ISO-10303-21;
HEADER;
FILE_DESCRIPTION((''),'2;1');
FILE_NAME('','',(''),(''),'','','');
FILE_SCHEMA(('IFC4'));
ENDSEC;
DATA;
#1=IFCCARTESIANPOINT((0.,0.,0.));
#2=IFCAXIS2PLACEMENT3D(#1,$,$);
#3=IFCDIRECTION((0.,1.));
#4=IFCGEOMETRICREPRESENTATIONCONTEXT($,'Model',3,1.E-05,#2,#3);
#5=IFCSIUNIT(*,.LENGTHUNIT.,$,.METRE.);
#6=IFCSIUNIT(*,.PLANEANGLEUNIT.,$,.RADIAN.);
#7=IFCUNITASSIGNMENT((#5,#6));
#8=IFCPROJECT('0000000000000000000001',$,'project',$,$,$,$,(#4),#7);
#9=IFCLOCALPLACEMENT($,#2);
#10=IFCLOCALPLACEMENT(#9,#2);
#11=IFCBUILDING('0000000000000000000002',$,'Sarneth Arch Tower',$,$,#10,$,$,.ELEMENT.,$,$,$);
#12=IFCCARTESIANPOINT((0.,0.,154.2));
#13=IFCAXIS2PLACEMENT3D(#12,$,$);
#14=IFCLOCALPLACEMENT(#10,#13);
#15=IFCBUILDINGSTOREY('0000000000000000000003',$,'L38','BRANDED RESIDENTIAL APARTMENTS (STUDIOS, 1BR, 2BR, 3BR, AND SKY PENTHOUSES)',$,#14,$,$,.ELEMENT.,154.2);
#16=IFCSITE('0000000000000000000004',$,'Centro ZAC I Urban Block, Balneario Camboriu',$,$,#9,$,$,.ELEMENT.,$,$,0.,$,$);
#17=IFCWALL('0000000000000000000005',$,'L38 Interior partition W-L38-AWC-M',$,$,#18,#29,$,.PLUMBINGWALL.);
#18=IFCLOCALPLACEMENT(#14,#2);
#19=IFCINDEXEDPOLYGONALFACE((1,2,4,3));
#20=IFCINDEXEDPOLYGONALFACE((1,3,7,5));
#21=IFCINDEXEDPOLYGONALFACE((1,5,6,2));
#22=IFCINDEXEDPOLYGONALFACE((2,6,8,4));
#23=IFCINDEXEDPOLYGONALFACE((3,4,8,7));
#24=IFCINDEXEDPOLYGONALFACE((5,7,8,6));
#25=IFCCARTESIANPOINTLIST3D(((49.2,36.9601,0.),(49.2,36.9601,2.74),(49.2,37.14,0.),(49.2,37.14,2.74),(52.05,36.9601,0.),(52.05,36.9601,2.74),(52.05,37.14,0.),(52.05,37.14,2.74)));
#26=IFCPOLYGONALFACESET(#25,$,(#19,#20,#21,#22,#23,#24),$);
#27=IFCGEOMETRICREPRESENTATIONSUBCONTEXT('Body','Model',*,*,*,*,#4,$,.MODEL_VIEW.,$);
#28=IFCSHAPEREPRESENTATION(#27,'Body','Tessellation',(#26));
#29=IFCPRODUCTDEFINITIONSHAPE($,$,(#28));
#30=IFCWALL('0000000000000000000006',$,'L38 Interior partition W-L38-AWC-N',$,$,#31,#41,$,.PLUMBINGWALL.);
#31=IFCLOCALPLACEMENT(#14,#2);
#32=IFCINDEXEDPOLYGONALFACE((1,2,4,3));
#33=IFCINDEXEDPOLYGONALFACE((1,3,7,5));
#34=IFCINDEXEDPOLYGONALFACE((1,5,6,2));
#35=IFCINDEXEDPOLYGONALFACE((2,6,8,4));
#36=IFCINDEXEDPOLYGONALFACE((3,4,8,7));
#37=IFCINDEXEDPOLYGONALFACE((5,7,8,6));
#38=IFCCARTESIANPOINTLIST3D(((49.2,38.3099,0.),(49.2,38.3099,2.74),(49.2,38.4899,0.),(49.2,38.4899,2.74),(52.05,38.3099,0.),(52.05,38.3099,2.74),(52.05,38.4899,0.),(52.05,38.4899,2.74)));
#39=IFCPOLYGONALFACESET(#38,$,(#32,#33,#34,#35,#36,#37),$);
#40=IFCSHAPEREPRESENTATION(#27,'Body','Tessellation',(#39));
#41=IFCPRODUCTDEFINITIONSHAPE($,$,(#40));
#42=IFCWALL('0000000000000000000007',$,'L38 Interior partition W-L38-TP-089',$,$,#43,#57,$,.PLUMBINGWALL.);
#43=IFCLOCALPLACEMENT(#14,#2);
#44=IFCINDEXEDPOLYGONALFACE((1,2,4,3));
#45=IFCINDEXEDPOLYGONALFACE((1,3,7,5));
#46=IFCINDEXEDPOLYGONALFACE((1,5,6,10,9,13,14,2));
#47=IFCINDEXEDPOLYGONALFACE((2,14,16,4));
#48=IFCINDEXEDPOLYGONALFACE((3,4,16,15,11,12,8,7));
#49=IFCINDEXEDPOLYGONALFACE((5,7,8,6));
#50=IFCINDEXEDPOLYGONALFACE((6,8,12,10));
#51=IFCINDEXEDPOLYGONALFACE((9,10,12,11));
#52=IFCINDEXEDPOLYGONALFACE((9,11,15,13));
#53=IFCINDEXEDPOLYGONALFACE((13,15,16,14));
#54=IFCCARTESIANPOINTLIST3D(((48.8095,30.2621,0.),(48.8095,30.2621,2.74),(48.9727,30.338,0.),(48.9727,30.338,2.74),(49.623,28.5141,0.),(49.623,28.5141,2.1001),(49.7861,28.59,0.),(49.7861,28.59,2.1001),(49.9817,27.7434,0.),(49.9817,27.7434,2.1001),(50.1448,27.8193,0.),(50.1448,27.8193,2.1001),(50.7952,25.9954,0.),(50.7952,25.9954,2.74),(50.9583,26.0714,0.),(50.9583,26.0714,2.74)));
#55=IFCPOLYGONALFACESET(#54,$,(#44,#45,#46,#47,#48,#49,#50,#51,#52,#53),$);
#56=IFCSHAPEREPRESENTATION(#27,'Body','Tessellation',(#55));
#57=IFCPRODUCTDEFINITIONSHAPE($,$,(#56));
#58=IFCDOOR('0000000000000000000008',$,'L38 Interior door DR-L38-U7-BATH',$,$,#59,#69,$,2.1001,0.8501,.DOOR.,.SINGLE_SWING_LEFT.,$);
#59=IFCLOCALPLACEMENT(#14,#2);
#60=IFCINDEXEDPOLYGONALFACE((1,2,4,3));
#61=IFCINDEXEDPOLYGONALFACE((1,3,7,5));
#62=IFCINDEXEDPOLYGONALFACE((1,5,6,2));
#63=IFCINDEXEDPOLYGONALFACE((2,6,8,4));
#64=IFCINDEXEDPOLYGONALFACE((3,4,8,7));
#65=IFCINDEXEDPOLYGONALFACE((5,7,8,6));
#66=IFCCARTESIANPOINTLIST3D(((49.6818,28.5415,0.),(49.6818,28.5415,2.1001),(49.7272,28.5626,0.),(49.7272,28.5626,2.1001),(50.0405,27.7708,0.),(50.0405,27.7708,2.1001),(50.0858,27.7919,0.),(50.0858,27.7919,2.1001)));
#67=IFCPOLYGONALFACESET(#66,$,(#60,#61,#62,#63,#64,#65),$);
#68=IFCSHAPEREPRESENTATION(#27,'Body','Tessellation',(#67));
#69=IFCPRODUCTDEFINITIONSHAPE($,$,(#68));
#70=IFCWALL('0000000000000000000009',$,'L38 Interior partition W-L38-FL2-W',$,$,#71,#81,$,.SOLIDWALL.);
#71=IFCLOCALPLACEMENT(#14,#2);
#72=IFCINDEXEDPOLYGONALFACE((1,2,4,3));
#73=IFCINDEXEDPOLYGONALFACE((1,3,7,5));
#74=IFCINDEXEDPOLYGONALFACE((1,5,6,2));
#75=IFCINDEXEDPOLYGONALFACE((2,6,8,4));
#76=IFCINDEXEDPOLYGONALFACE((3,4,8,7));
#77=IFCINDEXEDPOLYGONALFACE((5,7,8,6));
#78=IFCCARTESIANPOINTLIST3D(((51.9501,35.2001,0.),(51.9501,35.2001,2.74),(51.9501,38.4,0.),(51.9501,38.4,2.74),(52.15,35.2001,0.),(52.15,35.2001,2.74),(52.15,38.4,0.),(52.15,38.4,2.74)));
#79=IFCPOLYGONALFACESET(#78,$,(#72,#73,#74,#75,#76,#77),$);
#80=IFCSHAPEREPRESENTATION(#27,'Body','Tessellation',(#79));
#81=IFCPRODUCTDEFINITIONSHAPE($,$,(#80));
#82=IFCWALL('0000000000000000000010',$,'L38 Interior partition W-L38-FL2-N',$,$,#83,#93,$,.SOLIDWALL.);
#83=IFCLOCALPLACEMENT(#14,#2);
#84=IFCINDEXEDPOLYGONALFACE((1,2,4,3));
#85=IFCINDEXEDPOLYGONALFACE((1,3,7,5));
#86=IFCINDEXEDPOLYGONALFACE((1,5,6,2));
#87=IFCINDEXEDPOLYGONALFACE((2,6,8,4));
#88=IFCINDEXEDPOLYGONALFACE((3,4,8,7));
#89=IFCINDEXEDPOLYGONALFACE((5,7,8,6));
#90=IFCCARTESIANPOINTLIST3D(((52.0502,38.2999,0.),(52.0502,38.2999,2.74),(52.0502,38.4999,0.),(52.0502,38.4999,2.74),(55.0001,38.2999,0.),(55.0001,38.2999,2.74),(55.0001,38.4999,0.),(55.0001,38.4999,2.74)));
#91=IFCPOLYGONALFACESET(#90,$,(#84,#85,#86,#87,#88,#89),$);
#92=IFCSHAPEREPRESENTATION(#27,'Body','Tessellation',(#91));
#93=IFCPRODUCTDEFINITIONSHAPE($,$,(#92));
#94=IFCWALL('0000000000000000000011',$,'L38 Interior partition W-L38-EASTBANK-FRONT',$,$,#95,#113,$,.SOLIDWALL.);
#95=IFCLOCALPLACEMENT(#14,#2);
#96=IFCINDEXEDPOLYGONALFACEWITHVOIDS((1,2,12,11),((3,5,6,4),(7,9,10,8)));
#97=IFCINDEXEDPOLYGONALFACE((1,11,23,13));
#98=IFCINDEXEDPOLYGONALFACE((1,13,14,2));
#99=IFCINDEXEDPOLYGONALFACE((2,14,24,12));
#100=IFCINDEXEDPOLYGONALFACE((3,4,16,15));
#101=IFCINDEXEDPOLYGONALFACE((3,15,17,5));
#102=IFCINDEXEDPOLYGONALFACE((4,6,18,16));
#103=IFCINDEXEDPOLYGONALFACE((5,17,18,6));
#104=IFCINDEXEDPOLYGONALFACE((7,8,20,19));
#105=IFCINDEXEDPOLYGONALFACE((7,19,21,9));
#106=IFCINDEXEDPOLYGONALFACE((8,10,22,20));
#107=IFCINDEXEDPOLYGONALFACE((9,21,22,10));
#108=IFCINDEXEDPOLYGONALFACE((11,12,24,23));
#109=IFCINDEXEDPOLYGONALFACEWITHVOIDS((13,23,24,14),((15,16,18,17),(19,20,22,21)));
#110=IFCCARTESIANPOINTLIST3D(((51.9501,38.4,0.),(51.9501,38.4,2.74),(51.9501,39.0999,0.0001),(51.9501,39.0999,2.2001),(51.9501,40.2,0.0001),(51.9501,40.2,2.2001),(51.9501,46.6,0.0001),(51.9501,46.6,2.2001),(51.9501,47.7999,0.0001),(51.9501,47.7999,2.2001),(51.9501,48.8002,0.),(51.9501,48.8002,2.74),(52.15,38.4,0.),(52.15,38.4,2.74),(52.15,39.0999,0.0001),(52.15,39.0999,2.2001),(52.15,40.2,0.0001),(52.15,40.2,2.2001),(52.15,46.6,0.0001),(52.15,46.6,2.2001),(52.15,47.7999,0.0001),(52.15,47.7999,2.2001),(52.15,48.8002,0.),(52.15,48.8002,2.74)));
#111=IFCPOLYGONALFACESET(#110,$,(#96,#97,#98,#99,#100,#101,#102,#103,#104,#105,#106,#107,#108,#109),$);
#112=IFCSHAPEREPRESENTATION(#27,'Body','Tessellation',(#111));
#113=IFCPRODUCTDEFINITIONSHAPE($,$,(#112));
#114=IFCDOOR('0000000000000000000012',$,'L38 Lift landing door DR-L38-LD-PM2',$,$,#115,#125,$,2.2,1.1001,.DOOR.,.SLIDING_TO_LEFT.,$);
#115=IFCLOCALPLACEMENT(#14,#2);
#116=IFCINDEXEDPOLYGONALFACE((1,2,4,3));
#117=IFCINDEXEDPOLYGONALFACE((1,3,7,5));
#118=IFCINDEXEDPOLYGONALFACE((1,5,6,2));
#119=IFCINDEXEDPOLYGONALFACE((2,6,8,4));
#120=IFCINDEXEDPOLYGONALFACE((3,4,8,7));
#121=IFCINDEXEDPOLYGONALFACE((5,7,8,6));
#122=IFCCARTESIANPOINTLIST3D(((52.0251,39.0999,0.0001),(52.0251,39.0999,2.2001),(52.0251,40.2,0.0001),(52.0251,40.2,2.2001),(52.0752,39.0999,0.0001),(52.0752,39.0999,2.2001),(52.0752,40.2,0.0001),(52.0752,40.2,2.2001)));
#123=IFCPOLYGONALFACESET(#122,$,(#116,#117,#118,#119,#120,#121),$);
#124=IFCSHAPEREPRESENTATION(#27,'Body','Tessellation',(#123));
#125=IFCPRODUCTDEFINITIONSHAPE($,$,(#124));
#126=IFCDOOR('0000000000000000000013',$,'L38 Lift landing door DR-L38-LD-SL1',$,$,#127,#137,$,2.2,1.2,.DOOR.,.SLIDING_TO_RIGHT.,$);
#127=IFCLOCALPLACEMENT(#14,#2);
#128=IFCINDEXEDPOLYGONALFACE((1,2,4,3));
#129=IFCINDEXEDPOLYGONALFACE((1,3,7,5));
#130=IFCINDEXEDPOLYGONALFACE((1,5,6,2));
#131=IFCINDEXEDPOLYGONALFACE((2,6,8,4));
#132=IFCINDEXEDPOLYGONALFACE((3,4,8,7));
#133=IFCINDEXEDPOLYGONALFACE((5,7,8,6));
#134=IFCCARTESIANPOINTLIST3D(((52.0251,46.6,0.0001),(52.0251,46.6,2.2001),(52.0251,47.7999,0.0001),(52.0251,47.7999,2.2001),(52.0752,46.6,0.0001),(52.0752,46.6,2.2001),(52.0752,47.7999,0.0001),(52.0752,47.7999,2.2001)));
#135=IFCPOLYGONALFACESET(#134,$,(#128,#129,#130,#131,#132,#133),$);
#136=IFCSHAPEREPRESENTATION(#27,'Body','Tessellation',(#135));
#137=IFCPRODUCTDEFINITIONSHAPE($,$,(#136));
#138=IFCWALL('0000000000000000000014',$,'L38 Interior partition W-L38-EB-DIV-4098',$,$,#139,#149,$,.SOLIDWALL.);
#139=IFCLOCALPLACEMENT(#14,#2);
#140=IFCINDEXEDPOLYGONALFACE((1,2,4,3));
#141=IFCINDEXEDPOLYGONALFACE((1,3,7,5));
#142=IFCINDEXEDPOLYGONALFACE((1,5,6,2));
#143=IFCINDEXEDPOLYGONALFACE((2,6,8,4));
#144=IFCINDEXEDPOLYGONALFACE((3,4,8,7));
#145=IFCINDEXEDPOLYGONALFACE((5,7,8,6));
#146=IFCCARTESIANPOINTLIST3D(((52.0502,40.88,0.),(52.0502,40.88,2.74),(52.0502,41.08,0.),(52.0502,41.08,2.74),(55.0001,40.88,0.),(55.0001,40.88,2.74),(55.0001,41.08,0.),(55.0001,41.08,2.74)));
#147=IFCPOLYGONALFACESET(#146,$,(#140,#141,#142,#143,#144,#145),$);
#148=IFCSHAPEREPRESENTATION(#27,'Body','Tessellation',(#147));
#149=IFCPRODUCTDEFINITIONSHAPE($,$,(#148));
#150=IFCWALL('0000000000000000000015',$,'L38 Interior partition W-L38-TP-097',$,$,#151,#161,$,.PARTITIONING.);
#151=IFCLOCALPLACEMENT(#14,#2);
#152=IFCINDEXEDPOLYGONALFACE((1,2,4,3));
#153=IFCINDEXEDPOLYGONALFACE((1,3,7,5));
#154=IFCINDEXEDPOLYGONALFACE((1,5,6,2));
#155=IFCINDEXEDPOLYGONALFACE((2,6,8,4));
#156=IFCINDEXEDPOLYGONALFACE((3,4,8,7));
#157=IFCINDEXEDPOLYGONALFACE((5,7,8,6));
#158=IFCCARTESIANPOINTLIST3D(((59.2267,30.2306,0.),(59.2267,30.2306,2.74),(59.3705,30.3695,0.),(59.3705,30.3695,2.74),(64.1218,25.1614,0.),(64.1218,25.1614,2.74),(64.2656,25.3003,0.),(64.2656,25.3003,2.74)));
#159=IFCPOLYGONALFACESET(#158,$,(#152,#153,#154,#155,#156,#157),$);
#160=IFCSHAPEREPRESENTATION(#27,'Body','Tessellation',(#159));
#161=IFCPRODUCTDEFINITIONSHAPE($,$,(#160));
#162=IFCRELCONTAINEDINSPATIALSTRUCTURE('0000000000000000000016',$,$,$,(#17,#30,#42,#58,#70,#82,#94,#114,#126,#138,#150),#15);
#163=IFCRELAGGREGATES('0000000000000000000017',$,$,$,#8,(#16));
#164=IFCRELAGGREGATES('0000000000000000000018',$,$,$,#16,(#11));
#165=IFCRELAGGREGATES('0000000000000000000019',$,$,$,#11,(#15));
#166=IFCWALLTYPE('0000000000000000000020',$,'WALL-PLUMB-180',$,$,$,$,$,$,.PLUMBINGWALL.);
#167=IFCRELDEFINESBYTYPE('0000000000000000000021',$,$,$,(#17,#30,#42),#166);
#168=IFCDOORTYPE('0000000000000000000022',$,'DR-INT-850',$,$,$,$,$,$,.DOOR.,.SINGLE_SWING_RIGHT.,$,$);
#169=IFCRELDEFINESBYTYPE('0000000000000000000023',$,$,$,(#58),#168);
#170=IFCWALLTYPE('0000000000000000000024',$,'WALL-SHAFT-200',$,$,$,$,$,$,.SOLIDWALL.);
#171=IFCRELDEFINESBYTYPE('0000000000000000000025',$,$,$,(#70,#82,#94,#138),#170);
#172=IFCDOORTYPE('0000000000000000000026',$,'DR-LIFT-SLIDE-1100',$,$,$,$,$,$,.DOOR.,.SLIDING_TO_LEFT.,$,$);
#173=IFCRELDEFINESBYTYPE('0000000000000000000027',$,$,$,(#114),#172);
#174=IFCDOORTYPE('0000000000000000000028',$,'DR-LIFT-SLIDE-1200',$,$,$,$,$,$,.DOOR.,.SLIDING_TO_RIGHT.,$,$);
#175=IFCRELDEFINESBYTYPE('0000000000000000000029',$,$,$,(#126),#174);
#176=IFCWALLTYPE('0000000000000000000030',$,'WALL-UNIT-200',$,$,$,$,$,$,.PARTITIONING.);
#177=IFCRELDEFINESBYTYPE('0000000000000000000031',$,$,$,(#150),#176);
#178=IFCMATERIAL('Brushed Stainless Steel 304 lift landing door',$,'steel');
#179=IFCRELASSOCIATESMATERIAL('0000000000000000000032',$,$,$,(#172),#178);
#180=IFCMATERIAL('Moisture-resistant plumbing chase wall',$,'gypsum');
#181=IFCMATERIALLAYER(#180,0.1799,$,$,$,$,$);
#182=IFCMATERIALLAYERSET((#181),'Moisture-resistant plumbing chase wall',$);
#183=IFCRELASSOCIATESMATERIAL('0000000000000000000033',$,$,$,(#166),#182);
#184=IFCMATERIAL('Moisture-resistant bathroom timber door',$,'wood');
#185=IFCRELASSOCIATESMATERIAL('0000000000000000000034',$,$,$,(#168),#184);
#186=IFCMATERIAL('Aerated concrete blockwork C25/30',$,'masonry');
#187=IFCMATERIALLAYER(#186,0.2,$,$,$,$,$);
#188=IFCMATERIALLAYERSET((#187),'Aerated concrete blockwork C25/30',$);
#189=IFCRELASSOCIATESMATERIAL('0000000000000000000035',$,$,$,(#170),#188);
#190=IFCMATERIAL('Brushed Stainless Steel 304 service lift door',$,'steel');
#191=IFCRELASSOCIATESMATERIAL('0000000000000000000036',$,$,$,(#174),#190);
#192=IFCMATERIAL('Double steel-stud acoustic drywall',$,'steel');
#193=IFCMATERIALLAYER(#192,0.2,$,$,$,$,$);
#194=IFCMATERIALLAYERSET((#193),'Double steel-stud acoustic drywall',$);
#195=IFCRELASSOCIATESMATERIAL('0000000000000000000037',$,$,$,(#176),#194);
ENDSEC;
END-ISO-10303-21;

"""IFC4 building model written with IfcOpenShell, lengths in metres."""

from ifc_helpers import new_model, si_unit, direction, frame, frame_2d, origin, place, context, subcontext, project, spatial, rectangle, extrude, material, layer, layer_set, type_object, element, fill, save


model = new_model("IFC4")

# Units and contexts
model_context = context("Model", 3, precision=1e-05, world=origin(), true_north=direction((0.0, 1.0)))
body_context = subcontext(model_context, "Body", "Model", "MODEL_VIEW")
ifc_project = project(units=[si_unit("LENGTHUNIT", "METRE"), si_unit("PLANEANGLEUNIT", "RADIAN")], contexts=[model_context])

# Site, building, storey
site_placement = place(None, origin())
site = spatial("IfcSite", under=ifc_project, at=site_placement, Name="Centro ZAC I Urban Block, Balneario Camboriu", CompositionType="ELEMENT", RefElevation=0.0)
building_placement = place(site_placement, origin())
building = spatial("IfcBuilding", under=site, at=building_placement, Name="Sarneth Arch Tower", CompositionType="ELEMENT")
storey_placement = place(building_placement, frame((0.0, 0.0, 154.2)))
storey = spatial("IfcBuildingStorey", under=building, at=storey_placement, Name="L38", Description="BRANDED RESIDENTIAL APARTMENTS (STUDIOS, 1BR, 2BR, 3BR, AND SKY PENTHOUSES)", CompositionType="ELEMENT", Elevation=154.2)

# Shared definitions
ifc_material_1 = material(Name="Brushed Stainless Steel 304 lift landing door", Category="steel")
door_type_1 = type_object("IfcDoorType", Name="DR-LIFT-SLIDE-1100", OperationType="SLIDING_TO_LEFT", PredefinedType="DOOR", material=ifc_material_1)

# Walls
ifc_material_2 = material(Name="Moisture-resistant plumbing chase wall", Category="gypsum")
ifc_layer_1 = layer(ifc_material_2, 0.1799)
ifc_layer_set_1 = layer_set([ifc_layer_1], Name="Moisture-resistant plumbing chase wall")
wall_type_1 = type_object("IfcWallType", Name="WALL-PLUMB-180", PredefinedType="PLUMBINGWALL", material=ifc_layer_set_1)
for number, where, z_axis, x_axis, name in (
    (1, (49.2, 37.05, 0.0), (0.0, 0.0, 1.0), (1.0, 0.0, 0.0), "L38 Interior partition W-L38-AWC-M"),
    (2, (49.2, 38.3999, 0.0), (0.0, 0.0, 1.0), (1.0, 0.0, 0.0), "L38 Interior partition W-L38-AWC-N"),
):
    element("IfcWall", number, at=place(storey_placement, frame(where, z_axis=z_axis, x_axis=x_axis)), inside=storey, type_object=wall_type_1, Name=name, PredefinedType="PLUMBINGWALL", context=body_context, shape_type="SweptSolid", body=[
        extrude(rectangle(XDim=2.8501, YDim=0.1799, at=frame_2d((1.425, 0.0))), origin(), (0.0, 0.0, 1.0), 2.74),
    ])

# Shared definitions
ifc_material_3 = material(Name="Moisture-resistant bathroom timber door", Category="wood")
door_type_2 = type_object("IfcDoorType", Name="DR-INT-850", OperationType="SINGLE_SWING_RIGHT", PredefinedType="DOOR", material=ifc_material_3)

# Wall, opening, door
wall_1_placement = place(storey_placement, frame((48.8911, 30.3, 0.0), z_axis=(0.0, 0.0, 1.0), x_axis=(0.421928, -0.906629, 0.0)))
wall_1 = element("IfcWall", 3, at=wall_1_placement, inside=storey, type_object=wall_type_1, Name="L38 Interior partition W-L38-TP-089", PredefinedType="PLUMBINGWALL", context=body_context, shape_type="SweptSolid", body=[
    extrude(rectangle(XDim=4.7061, YDim=0.1799, at=frame_2d((2.353, 0.0))), origin(), (0.0, 0.0, 1.0), 2.74),
])
opening_1_placement = place(wall_1_placement, frame((1.928, 0.0, 0.0)))
opening_1 = element("IfcOpeningElement", 4, at=opening_1_placement, cuts=wall_1, PredefinedType="OPENING", context=body_context, shape_type="SweptSolid", body=[
    extrude(rectangle(XDim=0.8501, YDim=2.1001, at=frame_2d((0.425, 1.05))), frame((0.0, 0.0999, 0.0), z_axis=(0.0, -1.0, 0.0), x_axis=(1.0, 0.0, 0.0)), (0.0, 0.0, 1.0), 0.2),
])
door_1_placement = place(opening_1_placement, origin())
door_1 = element("IfcDoor", 5, at=door_1_placement, inside=storey, type_object=door_type_2, Name="L38 Interior door DR-L38-U7-BATH", OperationType="SINGLE_SWING_LEFT", OverallHeight=2.1001, OverallWidth=0.8501, PredefinedType="DOOR", context=body_context, shape_type="SweptSolid", body=[
    extrude(rectangle(XDim=0.8501, YDim=2.1001, at=frame_2d((0.425, 1.05))), frame((0.0, 0.0249, 0.0), z_axis=(0.0, -1.0, 0.0), x_axis=(1.0, 0.0, 0.0)), (0.0, 0.0, 1.0), 0.05),
])
fill(opening_1, door_1)
ifc_material_4 = material(Name="Aerated concrete blockwork C25/30", Category="masonry")
ifc_layer_2 = layer(ifc_material_4, 0.2)
ifc_layer_set_2 = layer_set([ifc_layer_2], Name="Aerated concrete blockwork C25/30")
wall_type_2 = type_object("IfcWallType", Name="WALL-SHAFT-200", PredefinedType="SOLIDWALL", material=ifc_layer_set_2)

# Walls
wall_2_placement = place(storey_placement, frame((52.05, 35.2, 0.0), z_axis=(0.0, 0.0, 1.0), x_axis=(0.0, 1.0, 0.0)))
element("IfcWall", 6, at=wall_2_placement, inside=storey, type_object=wall_type_2, Name="L38 Interior partition W-L38-FL2-W", PredefinedType="SOLIDWALL", context=body_context, shape_type="SweptSolid", body=[
    extrude(rectangle(XDim=3.2, YDim=0.2, at=frame_2d((1.6001, 0.0))), origin(), (0.0, 0.0, 1.0), 2.74),
])
wall_3_placement = place(storey_placement, frame((52.05, 38.3999, 0.0), z_axis=(0.0, 0.0, 1.0), x_axis=(1.0, 0.0, 0.0)))
element("IfcWall", 7, at=wall_3_placement, inside=storey, type_object=wall_type_2, Name="L38 Interior partition W-L38-FL2-N", PredefinedType="SOLIDWALL", context=body_context, shape_type="SweptSolid", body=[
    extrude(rectangle(XDim=2.95, YDim=0.2, at=frame_2d((1.4751, 0.0))), origin(), (0.0, 0.0, 1.0), 2.74),
])

# Wall, openings, doors
wall_4_placement = place(storey_placement, frame((52.05, 38.3999, 0.0), z_axis=(0.0, 0.0, 1.0), x_axis=(0.0, 1.0, 0.0)))
wall_4 = element("IfcWall", 8, at=wall_4_placement, inside=storey, type_object=wall_type_2, Name="L38 Interior partition W-L38-EASTBANK-FRONT", PredefinedType="SOLIDWALL", context=body_context, shape_type="SweptSolid", body=[
    extrude(rectangle(XDim=10.4001, YDim=0.2, at=frame_2d((5.2002, 0.0))), origin(), (0.0, 0.0, 1.0), 2.74),
])
opening_2_placement = place(wall_4_placement, frame((0.7, 0.0, 0.0)))
opening_2 = element("IfcOpeningElement", 9, at=opening_2_placement, cuts=wall_4, PredefinedType="OPENING", context=body_context, shape_type="SweptSolid", body=[
    extrude(rectangle(XDim=1.1001, YDim=2.2, at=frame_2d((0.55, 1.1001))), frame((0.0, 0.1099, 0.0), z_axis=(0.0, -1.0, 0.0), x_axis=(1.0, 0.0, 0.0)), (0.0, 0.0, 1.0), 0.22),
])
opening_3_placement = place(wall_4_placement, frame((8.2, 0.0, 0.0)))
opening_3 = element("IfcOpeningElement", 10, at=opening_3_placement, cuts=wall_4, PredefinedType="OPENING", context=body_context, shape_type="SweptSolid", body=[
    extrude(rectangle(XDim=1.2, YDim=2.2, at=frame_2d((0.6001, 1.1001))), frame((0.0, 0.1099, 0.0), z_axis=(0.0, -1.0, 0.0), x_axis=(1.0, 0.0, 0.0)), (0.0, 0.0, 1.0), 0.22),
])
door_2_placement = place(opening_2_placement, origin())
door_2 = element("IfcDoor", 11, at=door_2_placement, inside=storey, type_object=door_type_1, Name="L38 Lift landing door DR-L38-LD-PM2", OperationType="SLIDING_TO_LEFT", OverallHeight=2.2, OverallWidth=1.1001, PredefinedType="DOOR", context=body_context, shape_type="SweptSolid", body=[
    extrude(rectangle(XDim=1.1001, YDim=2.2, at=frame_2d((0.55, 1.1001))), frame((0.0, 0.0249, 0.0), z_axis=(0.0, -1.0, 0.0), x_axis=(1.0, 0.0, 0.0)), (0.0, 0.0, 1.0), 0.05),
])
fill(opening_2, door_2)
ifc_material_5 = material(Name="Brushed Stainless Steel 304 service lift door", Category="steel")
door_type_3 = type_object("IfcDoorType", Name="DR-LIFT-SLIDE-1200", OperationType="SLIDING_TO_RIGHT", PredefinedType="DOOR", material=ifc_material_5)
door_3_placement = place(opening_3_placement, origin())
door_3 = element("IfcDoor", 12, at=door_3_placement, inside=storey, type_object=door_type_3, Name="L38 Lift landing door DR-L38-LD-SL1", OperationType="SLIDING_TO_RIGHT", OverallHeight=2.2, OverallWidth=1.2, PredefinedType="DOOR", context=body_context, shape_type="SweptSolid", body=[
    extrude(rectangle(XDim=1.2, YDim=2.2, at=frame_2d((0.6001, 1.1001))), frame((0.0, 0.0249, 0.0), z_axis=(0.0, -1.0, 0.0), x_axis=(1.0, 0.0, 0.0)), (0.0, 0.0, 1.0), 0.05),
])
fill(opening_3, door_3)

# Walls
wall_5_placement = place(storey_placement, frame((52.05, 40.98, 0.0), z_axis=(0.0, 0.0, 1.0), x_axis=(1.0, 0.0, 0.0)))
element("IfcWall", 13, at=wall_5_placement, inside=storey, type_object=wall_type_2, Name="L38 Interior partition W-L38-EB-DIV-4098", PredefinedType="SOLIDWALL", context=body_context, shape_type="SweptSolid", body=[
    extrude(rectangle(XDim=2.95, YDim=0.2, at=frame_2d((1.4751, 0.0))), origin(), (0.0, 0.0, 1.0), 2.74),
])
ifc_material_6 = material(Name="Double steel-stud acoustic drywall", Category="steel")
ifc_layer_3 = layer(ifc_material_6, 0.2)
ifc_layer_set_3 = layer_set([ifc_layer_3], Name="Double steel-stud acoustic drywall")
wall_type_3 = type_object("IfcWallType", Name="WALL-UNIT-200", PredefinedType="PARTITIONING", material=ifc_layer_set_3)
wall_6_placement = place(storey_placement, frame((59.2986, 30.3, 0.0), z_axis=(0.0, 0.0, 1.0), x_axis=(0.694648, -0.71935, 0.0)))
element("IfcWall", 14, at=wall_6_placement, inside=storey, type_object=wall_type_3, Name="L38 Interior partition W-L38-TP-097", PredefinedType="PARTITIONING", context=body_context, shape_type="SweptSolid", body=[
    extrude(rectangle(XDim=7.0469, YDim=0.2, at=frame_2d((3.5234, 0.0))), origin(), (0.0, 0.0, 1.0), 2.74),
])

save(model, "model.ifc")
